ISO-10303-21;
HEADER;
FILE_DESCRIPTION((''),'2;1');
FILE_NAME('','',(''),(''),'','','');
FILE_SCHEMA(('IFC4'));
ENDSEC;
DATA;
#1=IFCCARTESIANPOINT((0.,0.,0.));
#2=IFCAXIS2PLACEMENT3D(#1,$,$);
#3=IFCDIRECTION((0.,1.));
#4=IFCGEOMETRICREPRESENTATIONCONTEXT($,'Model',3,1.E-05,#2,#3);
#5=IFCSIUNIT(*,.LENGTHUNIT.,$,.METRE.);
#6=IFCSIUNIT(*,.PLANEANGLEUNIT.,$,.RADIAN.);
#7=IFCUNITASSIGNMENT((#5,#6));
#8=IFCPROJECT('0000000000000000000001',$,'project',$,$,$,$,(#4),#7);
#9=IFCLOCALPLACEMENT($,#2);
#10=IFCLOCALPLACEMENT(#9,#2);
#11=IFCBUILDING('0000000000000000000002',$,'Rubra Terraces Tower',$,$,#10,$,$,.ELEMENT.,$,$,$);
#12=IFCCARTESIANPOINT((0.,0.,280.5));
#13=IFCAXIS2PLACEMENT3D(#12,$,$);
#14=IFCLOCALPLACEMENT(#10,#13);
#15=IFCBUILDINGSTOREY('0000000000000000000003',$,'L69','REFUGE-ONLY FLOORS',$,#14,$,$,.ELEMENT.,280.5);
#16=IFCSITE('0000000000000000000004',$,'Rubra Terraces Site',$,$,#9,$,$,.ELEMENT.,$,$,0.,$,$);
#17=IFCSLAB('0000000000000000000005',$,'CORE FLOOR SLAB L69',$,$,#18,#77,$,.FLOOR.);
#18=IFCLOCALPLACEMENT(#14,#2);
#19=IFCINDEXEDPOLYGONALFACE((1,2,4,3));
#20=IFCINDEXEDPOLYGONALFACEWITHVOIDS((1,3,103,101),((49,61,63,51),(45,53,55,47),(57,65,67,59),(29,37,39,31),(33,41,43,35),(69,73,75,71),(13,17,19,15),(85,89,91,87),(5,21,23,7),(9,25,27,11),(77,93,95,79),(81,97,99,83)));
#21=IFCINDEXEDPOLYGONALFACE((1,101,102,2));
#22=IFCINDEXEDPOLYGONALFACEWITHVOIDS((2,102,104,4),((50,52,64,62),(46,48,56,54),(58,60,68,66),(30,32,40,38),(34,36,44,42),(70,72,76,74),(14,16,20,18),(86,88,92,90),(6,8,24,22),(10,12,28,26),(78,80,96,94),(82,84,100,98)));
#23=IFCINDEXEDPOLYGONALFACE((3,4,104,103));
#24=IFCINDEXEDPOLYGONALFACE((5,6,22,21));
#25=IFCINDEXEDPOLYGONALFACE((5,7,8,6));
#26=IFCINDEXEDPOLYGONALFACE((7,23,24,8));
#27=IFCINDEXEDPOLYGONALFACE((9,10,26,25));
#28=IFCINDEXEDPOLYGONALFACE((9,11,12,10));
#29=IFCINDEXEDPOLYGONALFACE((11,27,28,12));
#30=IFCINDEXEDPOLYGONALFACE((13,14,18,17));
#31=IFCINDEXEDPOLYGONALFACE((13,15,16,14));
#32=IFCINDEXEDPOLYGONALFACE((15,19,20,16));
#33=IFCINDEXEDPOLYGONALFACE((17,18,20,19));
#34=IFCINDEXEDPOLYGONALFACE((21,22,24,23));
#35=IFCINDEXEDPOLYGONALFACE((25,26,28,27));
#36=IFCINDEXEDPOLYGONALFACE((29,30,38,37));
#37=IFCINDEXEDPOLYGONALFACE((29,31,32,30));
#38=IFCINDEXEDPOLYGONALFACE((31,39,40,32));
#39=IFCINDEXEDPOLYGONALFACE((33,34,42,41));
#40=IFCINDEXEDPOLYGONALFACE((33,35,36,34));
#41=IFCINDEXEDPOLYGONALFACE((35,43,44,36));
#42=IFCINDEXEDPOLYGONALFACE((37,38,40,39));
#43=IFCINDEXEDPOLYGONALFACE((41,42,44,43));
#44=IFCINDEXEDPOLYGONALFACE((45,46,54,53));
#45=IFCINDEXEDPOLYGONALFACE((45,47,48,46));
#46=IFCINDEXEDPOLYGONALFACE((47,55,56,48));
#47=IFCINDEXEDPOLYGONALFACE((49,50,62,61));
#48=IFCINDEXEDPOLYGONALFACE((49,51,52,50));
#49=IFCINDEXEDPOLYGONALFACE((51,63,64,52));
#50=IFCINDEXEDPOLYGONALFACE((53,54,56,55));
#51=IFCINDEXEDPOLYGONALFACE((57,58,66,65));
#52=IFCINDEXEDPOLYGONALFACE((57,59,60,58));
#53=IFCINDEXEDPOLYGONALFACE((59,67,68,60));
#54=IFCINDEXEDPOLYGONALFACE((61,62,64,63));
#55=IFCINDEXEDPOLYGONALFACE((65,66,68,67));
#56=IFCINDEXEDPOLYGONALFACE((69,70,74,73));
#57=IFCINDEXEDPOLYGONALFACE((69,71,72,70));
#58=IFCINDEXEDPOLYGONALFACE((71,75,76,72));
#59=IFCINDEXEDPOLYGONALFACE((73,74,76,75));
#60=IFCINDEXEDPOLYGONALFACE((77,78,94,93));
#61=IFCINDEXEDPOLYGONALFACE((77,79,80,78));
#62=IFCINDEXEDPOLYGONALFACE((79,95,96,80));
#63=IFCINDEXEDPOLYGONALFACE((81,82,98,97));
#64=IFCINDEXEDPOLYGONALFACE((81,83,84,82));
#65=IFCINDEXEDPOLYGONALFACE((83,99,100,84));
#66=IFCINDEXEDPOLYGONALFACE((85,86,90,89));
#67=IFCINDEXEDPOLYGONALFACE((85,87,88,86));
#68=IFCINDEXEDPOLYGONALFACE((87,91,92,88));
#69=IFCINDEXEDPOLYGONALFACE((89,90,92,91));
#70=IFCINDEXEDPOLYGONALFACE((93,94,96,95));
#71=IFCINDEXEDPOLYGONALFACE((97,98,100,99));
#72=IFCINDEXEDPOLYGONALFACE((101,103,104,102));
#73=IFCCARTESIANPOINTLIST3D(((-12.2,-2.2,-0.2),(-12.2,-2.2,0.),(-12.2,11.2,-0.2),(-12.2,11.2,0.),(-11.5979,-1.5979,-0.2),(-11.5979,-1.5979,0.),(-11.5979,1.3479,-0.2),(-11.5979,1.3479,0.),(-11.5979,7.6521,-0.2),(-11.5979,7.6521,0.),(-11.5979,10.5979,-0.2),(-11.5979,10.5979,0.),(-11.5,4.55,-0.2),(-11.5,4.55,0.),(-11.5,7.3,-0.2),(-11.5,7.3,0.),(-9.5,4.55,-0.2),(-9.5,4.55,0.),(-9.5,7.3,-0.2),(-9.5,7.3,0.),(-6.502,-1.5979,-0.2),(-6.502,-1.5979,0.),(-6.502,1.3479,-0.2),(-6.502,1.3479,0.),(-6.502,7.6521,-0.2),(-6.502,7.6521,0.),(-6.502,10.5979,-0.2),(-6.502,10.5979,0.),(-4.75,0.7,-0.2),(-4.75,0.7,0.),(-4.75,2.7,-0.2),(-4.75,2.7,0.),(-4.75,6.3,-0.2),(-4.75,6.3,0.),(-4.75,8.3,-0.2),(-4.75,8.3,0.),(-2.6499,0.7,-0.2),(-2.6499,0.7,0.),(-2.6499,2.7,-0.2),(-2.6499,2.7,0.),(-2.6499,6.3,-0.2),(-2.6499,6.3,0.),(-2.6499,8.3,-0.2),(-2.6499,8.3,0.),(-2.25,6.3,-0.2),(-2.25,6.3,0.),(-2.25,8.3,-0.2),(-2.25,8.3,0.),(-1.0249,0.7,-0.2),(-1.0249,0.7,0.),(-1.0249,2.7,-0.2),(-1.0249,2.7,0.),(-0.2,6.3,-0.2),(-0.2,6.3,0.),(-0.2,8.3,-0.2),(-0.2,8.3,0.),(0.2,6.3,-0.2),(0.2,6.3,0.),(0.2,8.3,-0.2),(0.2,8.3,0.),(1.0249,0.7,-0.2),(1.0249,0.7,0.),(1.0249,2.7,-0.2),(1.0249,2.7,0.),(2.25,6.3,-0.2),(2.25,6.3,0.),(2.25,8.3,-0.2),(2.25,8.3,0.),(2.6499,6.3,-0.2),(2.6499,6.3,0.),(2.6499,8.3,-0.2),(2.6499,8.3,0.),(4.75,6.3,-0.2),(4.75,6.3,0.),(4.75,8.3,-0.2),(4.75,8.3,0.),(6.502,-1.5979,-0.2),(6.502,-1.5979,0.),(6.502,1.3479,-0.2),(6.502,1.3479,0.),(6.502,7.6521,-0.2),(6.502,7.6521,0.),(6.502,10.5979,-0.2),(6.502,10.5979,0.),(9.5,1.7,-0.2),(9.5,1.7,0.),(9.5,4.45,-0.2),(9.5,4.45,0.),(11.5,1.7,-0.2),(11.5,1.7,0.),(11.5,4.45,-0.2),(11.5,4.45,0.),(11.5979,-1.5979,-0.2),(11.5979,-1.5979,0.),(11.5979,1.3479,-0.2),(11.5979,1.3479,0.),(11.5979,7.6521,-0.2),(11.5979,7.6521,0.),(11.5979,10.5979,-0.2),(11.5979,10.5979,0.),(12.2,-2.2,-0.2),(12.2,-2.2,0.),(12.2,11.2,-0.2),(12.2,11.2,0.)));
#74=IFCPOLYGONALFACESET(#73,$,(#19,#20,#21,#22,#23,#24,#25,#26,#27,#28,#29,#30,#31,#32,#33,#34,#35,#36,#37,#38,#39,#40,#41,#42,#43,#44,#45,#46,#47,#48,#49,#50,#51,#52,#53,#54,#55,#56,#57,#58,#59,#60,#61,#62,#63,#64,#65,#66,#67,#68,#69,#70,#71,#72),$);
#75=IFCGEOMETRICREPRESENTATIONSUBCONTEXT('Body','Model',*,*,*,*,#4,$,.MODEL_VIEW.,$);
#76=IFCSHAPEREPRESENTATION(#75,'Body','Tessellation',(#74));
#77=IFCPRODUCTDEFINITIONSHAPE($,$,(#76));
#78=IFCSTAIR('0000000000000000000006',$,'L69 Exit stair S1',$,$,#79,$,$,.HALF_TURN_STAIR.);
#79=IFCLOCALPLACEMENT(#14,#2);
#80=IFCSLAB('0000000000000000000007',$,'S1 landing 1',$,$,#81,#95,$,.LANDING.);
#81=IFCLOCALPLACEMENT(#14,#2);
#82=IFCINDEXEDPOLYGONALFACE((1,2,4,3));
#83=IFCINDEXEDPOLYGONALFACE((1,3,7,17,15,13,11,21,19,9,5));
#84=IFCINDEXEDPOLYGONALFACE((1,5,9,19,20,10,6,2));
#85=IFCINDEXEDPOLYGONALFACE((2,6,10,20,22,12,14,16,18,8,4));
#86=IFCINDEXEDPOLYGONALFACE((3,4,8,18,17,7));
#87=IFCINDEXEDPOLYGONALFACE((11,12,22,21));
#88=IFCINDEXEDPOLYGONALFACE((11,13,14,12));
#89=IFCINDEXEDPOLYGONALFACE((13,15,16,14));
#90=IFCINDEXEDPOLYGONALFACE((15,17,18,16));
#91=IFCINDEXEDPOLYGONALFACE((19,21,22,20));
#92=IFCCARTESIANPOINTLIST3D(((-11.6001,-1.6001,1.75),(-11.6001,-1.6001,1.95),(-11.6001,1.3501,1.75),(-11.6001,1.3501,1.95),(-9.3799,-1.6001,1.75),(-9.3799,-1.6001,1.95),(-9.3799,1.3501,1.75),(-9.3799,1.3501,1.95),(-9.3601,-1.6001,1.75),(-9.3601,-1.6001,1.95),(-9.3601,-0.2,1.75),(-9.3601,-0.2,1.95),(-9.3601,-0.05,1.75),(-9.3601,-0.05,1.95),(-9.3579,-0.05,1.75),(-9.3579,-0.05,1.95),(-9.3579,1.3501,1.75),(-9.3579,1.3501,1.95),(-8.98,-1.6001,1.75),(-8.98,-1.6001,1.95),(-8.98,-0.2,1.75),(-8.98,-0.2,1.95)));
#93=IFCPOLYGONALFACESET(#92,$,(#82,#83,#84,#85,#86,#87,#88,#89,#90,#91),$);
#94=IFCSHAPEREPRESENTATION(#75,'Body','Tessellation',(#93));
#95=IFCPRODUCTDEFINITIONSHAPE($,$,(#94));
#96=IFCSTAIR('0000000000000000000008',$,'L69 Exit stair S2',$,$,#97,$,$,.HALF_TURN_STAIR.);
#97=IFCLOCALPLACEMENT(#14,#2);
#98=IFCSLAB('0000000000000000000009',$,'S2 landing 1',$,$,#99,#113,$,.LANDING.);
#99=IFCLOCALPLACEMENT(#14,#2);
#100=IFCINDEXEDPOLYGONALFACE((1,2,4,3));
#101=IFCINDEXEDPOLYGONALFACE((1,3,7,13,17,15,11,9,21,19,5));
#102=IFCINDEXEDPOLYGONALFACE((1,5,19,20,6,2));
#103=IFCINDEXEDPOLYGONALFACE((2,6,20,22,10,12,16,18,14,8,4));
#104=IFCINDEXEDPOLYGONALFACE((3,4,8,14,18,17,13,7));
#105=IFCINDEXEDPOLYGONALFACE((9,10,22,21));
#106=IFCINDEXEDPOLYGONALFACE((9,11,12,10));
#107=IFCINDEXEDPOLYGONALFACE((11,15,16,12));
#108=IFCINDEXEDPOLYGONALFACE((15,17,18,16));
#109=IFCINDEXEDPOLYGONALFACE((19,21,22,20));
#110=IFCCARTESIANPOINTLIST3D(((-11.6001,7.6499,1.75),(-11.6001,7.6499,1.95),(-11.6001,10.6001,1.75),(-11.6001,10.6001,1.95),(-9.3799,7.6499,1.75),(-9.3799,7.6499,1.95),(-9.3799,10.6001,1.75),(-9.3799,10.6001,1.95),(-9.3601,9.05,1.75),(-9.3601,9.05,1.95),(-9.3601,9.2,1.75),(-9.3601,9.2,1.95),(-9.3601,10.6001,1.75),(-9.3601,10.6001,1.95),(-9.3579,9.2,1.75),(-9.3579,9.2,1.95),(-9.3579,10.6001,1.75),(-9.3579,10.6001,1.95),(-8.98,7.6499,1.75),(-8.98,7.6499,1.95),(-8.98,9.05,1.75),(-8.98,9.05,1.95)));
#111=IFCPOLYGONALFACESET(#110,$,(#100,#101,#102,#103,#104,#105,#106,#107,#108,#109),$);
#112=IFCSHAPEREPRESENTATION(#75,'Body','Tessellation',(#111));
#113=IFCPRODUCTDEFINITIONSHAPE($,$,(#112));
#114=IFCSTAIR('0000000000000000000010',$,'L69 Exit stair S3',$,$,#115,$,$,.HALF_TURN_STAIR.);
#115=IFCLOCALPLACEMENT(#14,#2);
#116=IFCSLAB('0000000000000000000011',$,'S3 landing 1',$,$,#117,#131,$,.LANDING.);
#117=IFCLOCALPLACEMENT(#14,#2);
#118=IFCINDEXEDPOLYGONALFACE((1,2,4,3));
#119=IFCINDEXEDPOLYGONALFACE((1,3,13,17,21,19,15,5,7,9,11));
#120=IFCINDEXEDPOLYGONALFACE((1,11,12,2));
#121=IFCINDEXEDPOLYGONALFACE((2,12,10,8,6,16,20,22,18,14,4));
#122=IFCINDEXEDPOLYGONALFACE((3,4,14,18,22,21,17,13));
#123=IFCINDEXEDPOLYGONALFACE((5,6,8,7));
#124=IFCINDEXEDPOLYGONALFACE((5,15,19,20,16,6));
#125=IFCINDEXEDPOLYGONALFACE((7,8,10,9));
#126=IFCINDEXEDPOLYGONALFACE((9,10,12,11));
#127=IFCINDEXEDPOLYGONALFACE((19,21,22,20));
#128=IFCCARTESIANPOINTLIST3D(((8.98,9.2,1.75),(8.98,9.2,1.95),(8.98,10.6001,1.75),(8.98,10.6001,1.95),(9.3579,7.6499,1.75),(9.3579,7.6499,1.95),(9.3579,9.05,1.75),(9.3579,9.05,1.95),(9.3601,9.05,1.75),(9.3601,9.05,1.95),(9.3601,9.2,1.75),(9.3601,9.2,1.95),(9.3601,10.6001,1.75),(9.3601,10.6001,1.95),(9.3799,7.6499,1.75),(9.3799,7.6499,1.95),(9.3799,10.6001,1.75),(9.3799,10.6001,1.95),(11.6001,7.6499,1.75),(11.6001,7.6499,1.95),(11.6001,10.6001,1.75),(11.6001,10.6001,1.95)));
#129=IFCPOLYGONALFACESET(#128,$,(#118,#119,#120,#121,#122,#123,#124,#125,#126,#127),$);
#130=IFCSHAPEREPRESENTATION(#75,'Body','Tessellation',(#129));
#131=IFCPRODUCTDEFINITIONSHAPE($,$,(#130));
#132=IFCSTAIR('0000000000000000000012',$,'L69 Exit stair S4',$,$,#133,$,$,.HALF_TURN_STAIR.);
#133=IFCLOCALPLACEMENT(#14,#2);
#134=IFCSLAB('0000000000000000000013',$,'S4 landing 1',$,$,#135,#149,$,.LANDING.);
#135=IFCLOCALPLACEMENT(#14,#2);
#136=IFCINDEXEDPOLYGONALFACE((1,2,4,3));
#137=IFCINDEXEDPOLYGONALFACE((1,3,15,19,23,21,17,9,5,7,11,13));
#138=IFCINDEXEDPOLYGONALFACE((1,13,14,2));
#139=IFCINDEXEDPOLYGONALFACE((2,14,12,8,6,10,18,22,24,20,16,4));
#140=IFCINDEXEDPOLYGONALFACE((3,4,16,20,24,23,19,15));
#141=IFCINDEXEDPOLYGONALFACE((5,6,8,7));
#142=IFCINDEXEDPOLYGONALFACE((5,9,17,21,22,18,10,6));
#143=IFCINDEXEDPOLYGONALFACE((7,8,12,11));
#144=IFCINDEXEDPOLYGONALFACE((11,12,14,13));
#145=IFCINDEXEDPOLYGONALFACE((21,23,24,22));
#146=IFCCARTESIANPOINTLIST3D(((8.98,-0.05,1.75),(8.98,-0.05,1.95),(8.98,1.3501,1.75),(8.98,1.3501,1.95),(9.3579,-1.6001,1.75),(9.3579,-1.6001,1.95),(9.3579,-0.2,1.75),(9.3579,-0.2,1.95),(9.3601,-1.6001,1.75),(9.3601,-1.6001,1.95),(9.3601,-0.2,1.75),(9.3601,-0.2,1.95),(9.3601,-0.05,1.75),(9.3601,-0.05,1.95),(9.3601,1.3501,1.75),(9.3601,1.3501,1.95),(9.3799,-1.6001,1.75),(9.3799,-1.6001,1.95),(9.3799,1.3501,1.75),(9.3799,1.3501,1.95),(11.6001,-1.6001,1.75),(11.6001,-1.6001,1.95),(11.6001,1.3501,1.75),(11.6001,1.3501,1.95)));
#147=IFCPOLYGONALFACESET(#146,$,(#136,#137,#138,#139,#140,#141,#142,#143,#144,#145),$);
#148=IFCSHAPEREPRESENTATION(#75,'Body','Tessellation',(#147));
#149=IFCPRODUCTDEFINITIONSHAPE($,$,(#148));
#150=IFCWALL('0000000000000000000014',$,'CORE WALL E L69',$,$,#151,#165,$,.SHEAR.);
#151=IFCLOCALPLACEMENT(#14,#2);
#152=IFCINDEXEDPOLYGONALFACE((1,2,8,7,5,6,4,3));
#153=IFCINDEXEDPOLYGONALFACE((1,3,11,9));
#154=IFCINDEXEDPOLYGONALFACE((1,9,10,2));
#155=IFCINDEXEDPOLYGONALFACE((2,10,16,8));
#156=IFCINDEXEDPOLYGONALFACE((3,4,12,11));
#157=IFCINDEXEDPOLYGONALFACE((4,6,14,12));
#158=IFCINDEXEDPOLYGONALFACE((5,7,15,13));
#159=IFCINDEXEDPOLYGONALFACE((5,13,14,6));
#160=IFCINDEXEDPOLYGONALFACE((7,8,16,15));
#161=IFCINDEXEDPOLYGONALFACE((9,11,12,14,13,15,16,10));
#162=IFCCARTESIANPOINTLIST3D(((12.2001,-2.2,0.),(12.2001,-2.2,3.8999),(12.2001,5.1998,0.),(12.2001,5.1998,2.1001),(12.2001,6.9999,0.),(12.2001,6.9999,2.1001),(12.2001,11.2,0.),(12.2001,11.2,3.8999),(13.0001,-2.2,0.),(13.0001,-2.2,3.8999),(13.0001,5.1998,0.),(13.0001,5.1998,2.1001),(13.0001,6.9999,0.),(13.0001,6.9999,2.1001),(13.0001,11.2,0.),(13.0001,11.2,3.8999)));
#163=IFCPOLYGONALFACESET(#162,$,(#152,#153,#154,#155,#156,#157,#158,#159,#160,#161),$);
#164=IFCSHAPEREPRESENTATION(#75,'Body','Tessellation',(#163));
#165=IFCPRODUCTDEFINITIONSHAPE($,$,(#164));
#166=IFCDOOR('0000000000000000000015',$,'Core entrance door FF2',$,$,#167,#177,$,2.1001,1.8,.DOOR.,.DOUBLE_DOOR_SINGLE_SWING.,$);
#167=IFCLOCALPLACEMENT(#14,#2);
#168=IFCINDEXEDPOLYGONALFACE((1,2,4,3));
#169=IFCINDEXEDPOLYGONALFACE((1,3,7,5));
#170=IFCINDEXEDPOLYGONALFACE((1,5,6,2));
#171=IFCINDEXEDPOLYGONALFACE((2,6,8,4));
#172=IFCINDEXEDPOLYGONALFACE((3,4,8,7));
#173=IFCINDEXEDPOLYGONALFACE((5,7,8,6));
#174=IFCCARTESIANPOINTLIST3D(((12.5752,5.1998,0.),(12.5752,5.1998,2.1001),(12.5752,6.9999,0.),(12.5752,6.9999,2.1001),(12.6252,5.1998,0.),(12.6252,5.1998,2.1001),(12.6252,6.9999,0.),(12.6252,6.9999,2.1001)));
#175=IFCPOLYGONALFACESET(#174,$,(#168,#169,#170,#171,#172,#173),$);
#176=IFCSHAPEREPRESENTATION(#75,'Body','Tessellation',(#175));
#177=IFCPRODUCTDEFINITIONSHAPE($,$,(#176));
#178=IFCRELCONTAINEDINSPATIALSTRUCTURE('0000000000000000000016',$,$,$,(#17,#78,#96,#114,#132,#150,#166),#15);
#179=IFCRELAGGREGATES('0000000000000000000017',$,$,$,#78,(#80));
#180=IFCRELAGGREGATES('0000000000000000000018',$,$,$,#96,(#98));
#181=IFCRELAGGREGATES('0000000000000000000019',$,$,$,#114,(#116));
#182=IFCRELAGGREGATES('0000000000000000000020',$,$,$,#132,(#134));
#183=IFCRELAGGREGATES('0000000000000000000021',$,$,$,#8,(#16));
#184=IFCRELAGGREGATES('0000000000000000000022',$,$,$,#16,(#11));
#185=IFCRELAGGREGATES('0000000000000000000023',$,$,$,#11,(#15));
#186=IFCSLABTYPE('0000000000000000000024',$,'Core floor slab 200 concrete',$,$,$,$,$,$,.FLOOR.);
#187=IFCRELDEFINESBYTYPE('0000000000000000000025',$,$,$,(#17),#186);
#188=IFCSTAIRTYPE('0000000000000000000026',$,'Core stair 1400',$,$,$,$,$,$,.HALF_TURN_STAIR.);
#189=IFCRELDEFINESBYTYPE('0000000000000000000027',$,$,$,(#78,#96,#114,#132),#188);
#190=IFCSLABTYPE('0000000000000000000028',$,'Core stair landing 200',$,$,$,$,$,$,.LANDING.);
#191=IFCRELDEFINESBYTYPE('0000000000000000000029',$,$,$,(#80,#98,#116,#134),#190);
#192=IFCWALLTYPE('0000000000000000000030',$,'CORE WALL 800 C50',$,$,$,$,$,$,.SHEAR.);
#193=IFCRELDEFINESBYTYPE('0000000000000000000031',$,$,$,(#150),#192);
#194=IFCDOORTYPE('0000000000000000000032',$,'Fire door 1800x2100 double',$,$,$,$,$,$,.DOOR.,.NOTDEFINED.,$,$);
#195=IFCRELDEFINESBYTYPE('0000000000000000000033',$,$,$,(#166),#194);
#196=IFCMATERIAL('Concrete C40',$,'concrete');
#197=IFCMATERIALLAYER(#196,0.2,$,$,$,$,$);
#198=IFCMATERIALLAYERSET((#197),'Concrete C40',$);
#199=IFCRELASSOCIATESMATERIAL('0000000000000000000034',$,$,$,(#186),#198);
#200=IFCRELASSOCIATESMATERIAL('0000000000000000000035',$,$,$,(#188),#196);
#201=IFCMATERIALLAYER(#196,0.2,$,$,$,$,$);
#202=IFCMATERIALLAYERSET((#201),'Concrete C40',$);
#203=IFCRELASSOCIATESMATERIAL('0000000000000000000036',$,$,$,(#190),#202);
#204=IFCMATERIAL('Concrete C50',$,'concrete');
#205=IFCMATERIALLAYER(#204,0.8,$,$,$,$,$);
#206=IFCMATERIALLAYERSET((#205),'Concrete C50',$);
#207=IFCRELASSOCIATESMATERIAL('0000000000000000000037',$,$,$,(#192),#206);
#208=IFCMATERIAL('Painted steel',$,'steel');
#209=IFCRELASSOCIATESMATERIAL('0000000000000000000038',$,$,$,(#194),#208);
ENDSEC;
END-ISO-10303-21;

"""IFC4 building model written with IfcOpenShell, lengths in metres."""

from ifc_helpers import new_model, si_unit, direction, frame, frame_2d, origin, place, context, subcontext, project, spatial, polyline, rectangle, outline, extrude, material, layer, layer_set, type_object, element, fill, aggregate, save


model = new_model("IFC4")

# Units and contexts
model_context = context("Model", 3, precision=1e-05, world=origin(), true_north=direction((0.0, 1.0)))
body_context = subcontext(model_context, "Body", "Model", "MODEL_VIEW")
ifc_project = project(units=[si_unit("LENGTHUNIT", "METRE"), si_unit("PLANEANGLEUNIT", "RADIAN")], contexts=[model_context])

# Site, building, storey
site_placement = place(None, origin())
site = spatial("IfcSite", under=ifc_project, at=site_placement, Name="Rubra Terraces Site", CompositionType="ELEMENT", RefElevation=0.0)
building_placement = place(site_placement, origin())
building = spatial("IfcBuilding", under=site, at=building_placement, Name="Rubra Terraces Tower", CompositionType="ELEMENT")
storey_placement = place(building_placement, frame((0.0, 0.0, 280.5)))
storey = spatial("IfcBuildingStorey", under=building, at=storey_placement, Name="L69", Description="REFUGE-ONLY FLOORS", CompositionType="ELEMENT", Elevation=280.5)

# Slab
ifc_material_1 = material(Name="Concrete C40", Category="concrete")
ifc_layer_1 = layer(ifc_material_1, 0.2)
ifc_layer_set_1 = layer_set([ifc_layer_1], Name="Concrete C40")
slab_type_1 = type_object("IfcSlabType", Name="Core floor slab 200 concrete", PredefinedType="FLOOR", material=ifc_layer_set_1)
slab_1_placement = place(storey_placement, frame((0.0, 0.0, -0.2)))
element("IfcSlab", 1, at=slab_1_placement, inside=storey, type_object=slab_type_1, Name="CORE FLOOR SLAB L69", PredefinedType="FLOOR", context=body_context, shape_type="SweptSolid", body=[
    extrude(outline(polyline([(-12.2, -2.2), (-12.2, 11.2), (12.2, 11.2), (12.2, -2.2), (-12.2, -2.2)]), holes=[polyline([(11.5979, 1.3479), (6.502, 1.3479), (6.502, -1.5979), (11.5979, -1.5979), (11.5979, 1.3479)]), polyline([(11.5979, 7.6521), (11.5979, 10.5979), (6.502, 10.5979), (6.502, 7.6521), (11.5979, 7.6521)]), polyline([(9.5, 1.7), (11.5, 1.7), (11.5, 4.45), (9.5, 4.45), (9.5, 1.7)]), polyline([(4.75, 6.3), (4.75, 8.3), (2.6499, 8.3), (2.6499, 6.3), (4.75, 6.3)]), polyline([(2.25, 8.3), (0.2, 8.3), (0.2, 6.3), (2.25, 6.3), (2.25, 8.3)]), polyline([(1.0249, 0.7), (1.0249, 2.7), (-1.0249, 2.7), (-1.0249, 0.7), (1.0249, 0.7)]), polyline([(-0.2, 6.3), (-0.2, 8.3), (-2.25, 8.3), (-2.25, 6.3), (-0.2, 6.3)]), polyline([(-4.75, 8.3), (-4.75, 6.3), (-2.6499, 6.3), (-2.6499, 8.3), (-4.75, 8.3)]), polyline([(-2.6499, 0.7), (-2.6499, 2.7), (-4.75, 2.7), (-4.75, 0.7), (-2.6499, 0.7)]), polyline([(-11.5979, -1.5979), (-6.502, -1.5979), (-6.502, 1.3479), (-11.5979, 1.3479), (-11.5979, -1.5979)]), polyline([(-11.5979, 10.5979), (-11.5979, 7.6521), (-6.502, 7.6521), (-6.502, 10.5979), (-11.5979, 10.5979)]), polyline([(-9.5, 4.55), (-9.5, 7.3), (-11.5, 7.3), (-11.5, 4.55), (-9.5, 4.55)])]), origin(), (0.0, 0.0, 1.0), 0.2),
])

# Stairs, slabs
stair_type = type_object("IfcStairType", Name="Core stair 1400", PredefinedType="HALF_TURN_STAIR", material=ifc_material_1)
stair_1_placement = place(storey_placement, origin())
stair_1 = element("IfcStair", 2, at=stair_1_placement, inside=storey, type_object=stair_type, Name="L69 Exit stair S1", PredefinedType="HALF_TURN_STAIR")
ifc_layer_2 = layer(ifc_material_1, 0.2)
ifc_layer_set_2 = layer_set([ifc_layer_2], Name="Concrete C40")
slab_type_2 = type_object("IfcSlabType", Name="Core stair landing 200", PredefinedType="LANDING", material=ifc_layer_set_2)
slab_2_placement = place(storey_placement, frame((0.0, 0.0, 1.75)))
slab_2 = element("IfcSlab", 3, at=slab_2_placement, type_object=slab_type_2, Name="S1 landing 1", PredefinedType="LANDING", context=body_context, shape_type="SweptSolid", body=[
    extrude(outline(polyline([(-8.98, -0.2), (-8.98, -1.6001), (-9.3601, -1.6001), (-9.3799, -1.6001), (-11.6001, -1.6001), (-11.6001, 1.3501), (-9.3799, 1.3501), (-9.3579, 1.3501), (-9.3579, -0.05), (-9.3601, -0.05), (-9.3601, -0.2), (-8.98, -0.2)])), origin(), (0.0, 0.0, 1.0), 0.2),
])
aggregate(stair_1, [slab_2])
stair_2_placement = place(storey_placement, origin())
stair_2 = element("IfcStair", 4, at=stair_2_placement, inside=storey, type_object=stair_type, Name="L69 Exit stair S2", PredefinedType="HALF_TURN_STAIR")
slab_3_placement = place(storey_placement, frame((0.0, 0.0, 1.75)))
slab_3 = element("IfcSlab", 5, at=slab_3_placement, type_object=slab_type_2, Name="S2 landing 1", PredefinedType="LANDING", context=body_context, shape_type="SweptSolid", body=[
    extrude(outline(polyline([(-8.98, 9.05), (-8.98, 7.6499), (-9.3799, 7.6499), (-11.6001, 7.6499), (-11.6001, 10.6001), (-9.3799, 10.6001), (-9.3601, 10.6001), (-9.3579, 10.6001), (-9.3579, 9.2), (-9.3601, 9.2), (-9.3601, 9.05), (-8.98, 9.05)])), origin(), (0.0, 0.0, 1.0), 0.2),
])
aggregate(stair_2, [slab_3])
stair_3_placement = place(storey_placement, origin())
stair_3 = element("IfcStair", 6, at=stair_3_placement, inside=storey, type_object=stair_type, Name="L69 Exit stair S3", PredefinedType="HALF_TURN_STAIR")
slab_4_placement = place(storey_placement, frame((0.0, 0.0, 1.75)))
slab_4 = element("IfcSlab", 7, at=slab_4_placement, type_object=slab_type_2, Name="S3 landing 1", PredefinedType="LANDING", context=body_context, shape_type="SweptSolid", body=[
    extrude(outline(polyline([(9.3601, 9.05), (9.3601, 9.2), (8.98, 9.2), (8.98, 10.6001), (9.3601, 10.6001), (9.3799, 10.6001), (11.6001, 10.6001), (11.6001, 7.6499), (9.3799, 7.6499), (9.3579, 7.6499), (9.3579, 9.05), (9.3601, 9.05)])), origin(), (0.0, 0.0, 1.0), 0.2),
])
aggregate(stair_3, [slab_4])
stair_4_placement = place(storey_placement, origin())
stair_4 = element("IfcStair", 8, at=stair_4_placement, inside=storey, type_object=stair_type, Name="L69 Exit stair S4", PredefinedType="HALF_TURN_STAIR")
slab_5_placement = place(storey_placement, frame((0.0, 0.0, 1.75)))
slab_5 = element("IfcSlab", 9, at=slab_5_placement, type_object=slab_type_2, Name="S4 landing 1", PredefinedType="LANDING", context=body_context, shape_type="SweptSolid", body=[
    extrude(outline(polyline([(9.3601, -0.2), (9.3601, -0.05), (8.98, -0.05), (8.98, 1.3501), (9.3601, 1.3501), (9.3799, 1.3501), (11.6001, 1.3501), (11.6001, -1.6001), (9.3799, -1.6001), (9.3601, -1.6001), (9.3579, -1.6001), (9.3579, -0.2), (9.3601, -0.2)])), origin(), (0.0, 0.0, 1.0), 0.2),
])

# Wall, opening, door
ifc_material_2 = material(Name="Concrete C50", Category="concrete")
ifc_layer_3 = layer(ifc_material_2, 0.8)
ifc_layer_set_3 = layer_set([ifc_layer_3], Name="Concrete C50")
wall_type_1 = type_object("IfcWallType", Name="CORE WALL 800 C50", PredefinedType="SHEAR", material=ifc_layer_set_3)
wall_1_placement = place(storey_placement, frame((12.6001, -2.2, 0.0), z_axis=(0.0, 0.0, 1.0), x_axis=(0.0, 1.0, 0.0)))
wall_1 = element("IfcWall", 10, at=wall_1_placement, inside=storey, type_object=wall_type_1, Name="CORE WALL E L69", PredefinedType="SHEAR", context=body_context, shape_type="SweptSolid", body=[
    extrude(rectangle(XDim=13.3999, YDim=0.8, at=frame_2d((6.7, 0.0))), origin(), (0.0, 0.0, 1.0), 3.8999),
])
opening_placement = place(wall_1_placement, frame((7.3999, 0.0, 0.0)))
opening = element("IfcOpeningElement", 11, at=opening_placement, cuts=wall_1, PredefinedType="OPENING", context=body_context, shape_type="SweptSolid", body=[
    extrude(rectangle(XDim=1.8, YDim=2.1001, at=frame_2d((0.8999, 1.05))), frame((0.0, 0.4099, 0.0), z_axis=(0.0, -1.0, 0.0), x_axis=(1.0, 0.0, 0.0)), (0.0, 0.0, 1.0), 0.8201),
])
ifc_material_3 = material(Name="Painted steel", Category="steel")
door_type = type_object("IfcDoorType", Name="Fire door 1800x2100 double", OperationType="NOTDEFINED", PredefinedType="DOOR", material=ifc_material_3)
door_placement = place(opening_placement, origin())
door = element("IfcDoor", 12, at=door_placement, inside=storey, type_object=door_type, Name="Core entrance door FF2", OperationType="DOUBLE_DOOR_SINGLE_SWING", OverallHeight=2.1001, OverallWidth=1.8, PredefinedType="DOOR", context=body_context, shape_type="SweptSolid", body=[
    extrude(rectangle(XDim=1.8, YDim=2.1001, at=frame_2d((0.8999, 1.05))), frame((0.0, 0.0249, 0.0), z_axis=(0.0, -1.0, 0.0), x_axis=(1.0, 0.0, 0.0)), (0.0, 0.0, 1.0), 0.05),
])
fill(opening, door)

aggregate(stair_4, [slab_5])

save(model, "model.ifc")
